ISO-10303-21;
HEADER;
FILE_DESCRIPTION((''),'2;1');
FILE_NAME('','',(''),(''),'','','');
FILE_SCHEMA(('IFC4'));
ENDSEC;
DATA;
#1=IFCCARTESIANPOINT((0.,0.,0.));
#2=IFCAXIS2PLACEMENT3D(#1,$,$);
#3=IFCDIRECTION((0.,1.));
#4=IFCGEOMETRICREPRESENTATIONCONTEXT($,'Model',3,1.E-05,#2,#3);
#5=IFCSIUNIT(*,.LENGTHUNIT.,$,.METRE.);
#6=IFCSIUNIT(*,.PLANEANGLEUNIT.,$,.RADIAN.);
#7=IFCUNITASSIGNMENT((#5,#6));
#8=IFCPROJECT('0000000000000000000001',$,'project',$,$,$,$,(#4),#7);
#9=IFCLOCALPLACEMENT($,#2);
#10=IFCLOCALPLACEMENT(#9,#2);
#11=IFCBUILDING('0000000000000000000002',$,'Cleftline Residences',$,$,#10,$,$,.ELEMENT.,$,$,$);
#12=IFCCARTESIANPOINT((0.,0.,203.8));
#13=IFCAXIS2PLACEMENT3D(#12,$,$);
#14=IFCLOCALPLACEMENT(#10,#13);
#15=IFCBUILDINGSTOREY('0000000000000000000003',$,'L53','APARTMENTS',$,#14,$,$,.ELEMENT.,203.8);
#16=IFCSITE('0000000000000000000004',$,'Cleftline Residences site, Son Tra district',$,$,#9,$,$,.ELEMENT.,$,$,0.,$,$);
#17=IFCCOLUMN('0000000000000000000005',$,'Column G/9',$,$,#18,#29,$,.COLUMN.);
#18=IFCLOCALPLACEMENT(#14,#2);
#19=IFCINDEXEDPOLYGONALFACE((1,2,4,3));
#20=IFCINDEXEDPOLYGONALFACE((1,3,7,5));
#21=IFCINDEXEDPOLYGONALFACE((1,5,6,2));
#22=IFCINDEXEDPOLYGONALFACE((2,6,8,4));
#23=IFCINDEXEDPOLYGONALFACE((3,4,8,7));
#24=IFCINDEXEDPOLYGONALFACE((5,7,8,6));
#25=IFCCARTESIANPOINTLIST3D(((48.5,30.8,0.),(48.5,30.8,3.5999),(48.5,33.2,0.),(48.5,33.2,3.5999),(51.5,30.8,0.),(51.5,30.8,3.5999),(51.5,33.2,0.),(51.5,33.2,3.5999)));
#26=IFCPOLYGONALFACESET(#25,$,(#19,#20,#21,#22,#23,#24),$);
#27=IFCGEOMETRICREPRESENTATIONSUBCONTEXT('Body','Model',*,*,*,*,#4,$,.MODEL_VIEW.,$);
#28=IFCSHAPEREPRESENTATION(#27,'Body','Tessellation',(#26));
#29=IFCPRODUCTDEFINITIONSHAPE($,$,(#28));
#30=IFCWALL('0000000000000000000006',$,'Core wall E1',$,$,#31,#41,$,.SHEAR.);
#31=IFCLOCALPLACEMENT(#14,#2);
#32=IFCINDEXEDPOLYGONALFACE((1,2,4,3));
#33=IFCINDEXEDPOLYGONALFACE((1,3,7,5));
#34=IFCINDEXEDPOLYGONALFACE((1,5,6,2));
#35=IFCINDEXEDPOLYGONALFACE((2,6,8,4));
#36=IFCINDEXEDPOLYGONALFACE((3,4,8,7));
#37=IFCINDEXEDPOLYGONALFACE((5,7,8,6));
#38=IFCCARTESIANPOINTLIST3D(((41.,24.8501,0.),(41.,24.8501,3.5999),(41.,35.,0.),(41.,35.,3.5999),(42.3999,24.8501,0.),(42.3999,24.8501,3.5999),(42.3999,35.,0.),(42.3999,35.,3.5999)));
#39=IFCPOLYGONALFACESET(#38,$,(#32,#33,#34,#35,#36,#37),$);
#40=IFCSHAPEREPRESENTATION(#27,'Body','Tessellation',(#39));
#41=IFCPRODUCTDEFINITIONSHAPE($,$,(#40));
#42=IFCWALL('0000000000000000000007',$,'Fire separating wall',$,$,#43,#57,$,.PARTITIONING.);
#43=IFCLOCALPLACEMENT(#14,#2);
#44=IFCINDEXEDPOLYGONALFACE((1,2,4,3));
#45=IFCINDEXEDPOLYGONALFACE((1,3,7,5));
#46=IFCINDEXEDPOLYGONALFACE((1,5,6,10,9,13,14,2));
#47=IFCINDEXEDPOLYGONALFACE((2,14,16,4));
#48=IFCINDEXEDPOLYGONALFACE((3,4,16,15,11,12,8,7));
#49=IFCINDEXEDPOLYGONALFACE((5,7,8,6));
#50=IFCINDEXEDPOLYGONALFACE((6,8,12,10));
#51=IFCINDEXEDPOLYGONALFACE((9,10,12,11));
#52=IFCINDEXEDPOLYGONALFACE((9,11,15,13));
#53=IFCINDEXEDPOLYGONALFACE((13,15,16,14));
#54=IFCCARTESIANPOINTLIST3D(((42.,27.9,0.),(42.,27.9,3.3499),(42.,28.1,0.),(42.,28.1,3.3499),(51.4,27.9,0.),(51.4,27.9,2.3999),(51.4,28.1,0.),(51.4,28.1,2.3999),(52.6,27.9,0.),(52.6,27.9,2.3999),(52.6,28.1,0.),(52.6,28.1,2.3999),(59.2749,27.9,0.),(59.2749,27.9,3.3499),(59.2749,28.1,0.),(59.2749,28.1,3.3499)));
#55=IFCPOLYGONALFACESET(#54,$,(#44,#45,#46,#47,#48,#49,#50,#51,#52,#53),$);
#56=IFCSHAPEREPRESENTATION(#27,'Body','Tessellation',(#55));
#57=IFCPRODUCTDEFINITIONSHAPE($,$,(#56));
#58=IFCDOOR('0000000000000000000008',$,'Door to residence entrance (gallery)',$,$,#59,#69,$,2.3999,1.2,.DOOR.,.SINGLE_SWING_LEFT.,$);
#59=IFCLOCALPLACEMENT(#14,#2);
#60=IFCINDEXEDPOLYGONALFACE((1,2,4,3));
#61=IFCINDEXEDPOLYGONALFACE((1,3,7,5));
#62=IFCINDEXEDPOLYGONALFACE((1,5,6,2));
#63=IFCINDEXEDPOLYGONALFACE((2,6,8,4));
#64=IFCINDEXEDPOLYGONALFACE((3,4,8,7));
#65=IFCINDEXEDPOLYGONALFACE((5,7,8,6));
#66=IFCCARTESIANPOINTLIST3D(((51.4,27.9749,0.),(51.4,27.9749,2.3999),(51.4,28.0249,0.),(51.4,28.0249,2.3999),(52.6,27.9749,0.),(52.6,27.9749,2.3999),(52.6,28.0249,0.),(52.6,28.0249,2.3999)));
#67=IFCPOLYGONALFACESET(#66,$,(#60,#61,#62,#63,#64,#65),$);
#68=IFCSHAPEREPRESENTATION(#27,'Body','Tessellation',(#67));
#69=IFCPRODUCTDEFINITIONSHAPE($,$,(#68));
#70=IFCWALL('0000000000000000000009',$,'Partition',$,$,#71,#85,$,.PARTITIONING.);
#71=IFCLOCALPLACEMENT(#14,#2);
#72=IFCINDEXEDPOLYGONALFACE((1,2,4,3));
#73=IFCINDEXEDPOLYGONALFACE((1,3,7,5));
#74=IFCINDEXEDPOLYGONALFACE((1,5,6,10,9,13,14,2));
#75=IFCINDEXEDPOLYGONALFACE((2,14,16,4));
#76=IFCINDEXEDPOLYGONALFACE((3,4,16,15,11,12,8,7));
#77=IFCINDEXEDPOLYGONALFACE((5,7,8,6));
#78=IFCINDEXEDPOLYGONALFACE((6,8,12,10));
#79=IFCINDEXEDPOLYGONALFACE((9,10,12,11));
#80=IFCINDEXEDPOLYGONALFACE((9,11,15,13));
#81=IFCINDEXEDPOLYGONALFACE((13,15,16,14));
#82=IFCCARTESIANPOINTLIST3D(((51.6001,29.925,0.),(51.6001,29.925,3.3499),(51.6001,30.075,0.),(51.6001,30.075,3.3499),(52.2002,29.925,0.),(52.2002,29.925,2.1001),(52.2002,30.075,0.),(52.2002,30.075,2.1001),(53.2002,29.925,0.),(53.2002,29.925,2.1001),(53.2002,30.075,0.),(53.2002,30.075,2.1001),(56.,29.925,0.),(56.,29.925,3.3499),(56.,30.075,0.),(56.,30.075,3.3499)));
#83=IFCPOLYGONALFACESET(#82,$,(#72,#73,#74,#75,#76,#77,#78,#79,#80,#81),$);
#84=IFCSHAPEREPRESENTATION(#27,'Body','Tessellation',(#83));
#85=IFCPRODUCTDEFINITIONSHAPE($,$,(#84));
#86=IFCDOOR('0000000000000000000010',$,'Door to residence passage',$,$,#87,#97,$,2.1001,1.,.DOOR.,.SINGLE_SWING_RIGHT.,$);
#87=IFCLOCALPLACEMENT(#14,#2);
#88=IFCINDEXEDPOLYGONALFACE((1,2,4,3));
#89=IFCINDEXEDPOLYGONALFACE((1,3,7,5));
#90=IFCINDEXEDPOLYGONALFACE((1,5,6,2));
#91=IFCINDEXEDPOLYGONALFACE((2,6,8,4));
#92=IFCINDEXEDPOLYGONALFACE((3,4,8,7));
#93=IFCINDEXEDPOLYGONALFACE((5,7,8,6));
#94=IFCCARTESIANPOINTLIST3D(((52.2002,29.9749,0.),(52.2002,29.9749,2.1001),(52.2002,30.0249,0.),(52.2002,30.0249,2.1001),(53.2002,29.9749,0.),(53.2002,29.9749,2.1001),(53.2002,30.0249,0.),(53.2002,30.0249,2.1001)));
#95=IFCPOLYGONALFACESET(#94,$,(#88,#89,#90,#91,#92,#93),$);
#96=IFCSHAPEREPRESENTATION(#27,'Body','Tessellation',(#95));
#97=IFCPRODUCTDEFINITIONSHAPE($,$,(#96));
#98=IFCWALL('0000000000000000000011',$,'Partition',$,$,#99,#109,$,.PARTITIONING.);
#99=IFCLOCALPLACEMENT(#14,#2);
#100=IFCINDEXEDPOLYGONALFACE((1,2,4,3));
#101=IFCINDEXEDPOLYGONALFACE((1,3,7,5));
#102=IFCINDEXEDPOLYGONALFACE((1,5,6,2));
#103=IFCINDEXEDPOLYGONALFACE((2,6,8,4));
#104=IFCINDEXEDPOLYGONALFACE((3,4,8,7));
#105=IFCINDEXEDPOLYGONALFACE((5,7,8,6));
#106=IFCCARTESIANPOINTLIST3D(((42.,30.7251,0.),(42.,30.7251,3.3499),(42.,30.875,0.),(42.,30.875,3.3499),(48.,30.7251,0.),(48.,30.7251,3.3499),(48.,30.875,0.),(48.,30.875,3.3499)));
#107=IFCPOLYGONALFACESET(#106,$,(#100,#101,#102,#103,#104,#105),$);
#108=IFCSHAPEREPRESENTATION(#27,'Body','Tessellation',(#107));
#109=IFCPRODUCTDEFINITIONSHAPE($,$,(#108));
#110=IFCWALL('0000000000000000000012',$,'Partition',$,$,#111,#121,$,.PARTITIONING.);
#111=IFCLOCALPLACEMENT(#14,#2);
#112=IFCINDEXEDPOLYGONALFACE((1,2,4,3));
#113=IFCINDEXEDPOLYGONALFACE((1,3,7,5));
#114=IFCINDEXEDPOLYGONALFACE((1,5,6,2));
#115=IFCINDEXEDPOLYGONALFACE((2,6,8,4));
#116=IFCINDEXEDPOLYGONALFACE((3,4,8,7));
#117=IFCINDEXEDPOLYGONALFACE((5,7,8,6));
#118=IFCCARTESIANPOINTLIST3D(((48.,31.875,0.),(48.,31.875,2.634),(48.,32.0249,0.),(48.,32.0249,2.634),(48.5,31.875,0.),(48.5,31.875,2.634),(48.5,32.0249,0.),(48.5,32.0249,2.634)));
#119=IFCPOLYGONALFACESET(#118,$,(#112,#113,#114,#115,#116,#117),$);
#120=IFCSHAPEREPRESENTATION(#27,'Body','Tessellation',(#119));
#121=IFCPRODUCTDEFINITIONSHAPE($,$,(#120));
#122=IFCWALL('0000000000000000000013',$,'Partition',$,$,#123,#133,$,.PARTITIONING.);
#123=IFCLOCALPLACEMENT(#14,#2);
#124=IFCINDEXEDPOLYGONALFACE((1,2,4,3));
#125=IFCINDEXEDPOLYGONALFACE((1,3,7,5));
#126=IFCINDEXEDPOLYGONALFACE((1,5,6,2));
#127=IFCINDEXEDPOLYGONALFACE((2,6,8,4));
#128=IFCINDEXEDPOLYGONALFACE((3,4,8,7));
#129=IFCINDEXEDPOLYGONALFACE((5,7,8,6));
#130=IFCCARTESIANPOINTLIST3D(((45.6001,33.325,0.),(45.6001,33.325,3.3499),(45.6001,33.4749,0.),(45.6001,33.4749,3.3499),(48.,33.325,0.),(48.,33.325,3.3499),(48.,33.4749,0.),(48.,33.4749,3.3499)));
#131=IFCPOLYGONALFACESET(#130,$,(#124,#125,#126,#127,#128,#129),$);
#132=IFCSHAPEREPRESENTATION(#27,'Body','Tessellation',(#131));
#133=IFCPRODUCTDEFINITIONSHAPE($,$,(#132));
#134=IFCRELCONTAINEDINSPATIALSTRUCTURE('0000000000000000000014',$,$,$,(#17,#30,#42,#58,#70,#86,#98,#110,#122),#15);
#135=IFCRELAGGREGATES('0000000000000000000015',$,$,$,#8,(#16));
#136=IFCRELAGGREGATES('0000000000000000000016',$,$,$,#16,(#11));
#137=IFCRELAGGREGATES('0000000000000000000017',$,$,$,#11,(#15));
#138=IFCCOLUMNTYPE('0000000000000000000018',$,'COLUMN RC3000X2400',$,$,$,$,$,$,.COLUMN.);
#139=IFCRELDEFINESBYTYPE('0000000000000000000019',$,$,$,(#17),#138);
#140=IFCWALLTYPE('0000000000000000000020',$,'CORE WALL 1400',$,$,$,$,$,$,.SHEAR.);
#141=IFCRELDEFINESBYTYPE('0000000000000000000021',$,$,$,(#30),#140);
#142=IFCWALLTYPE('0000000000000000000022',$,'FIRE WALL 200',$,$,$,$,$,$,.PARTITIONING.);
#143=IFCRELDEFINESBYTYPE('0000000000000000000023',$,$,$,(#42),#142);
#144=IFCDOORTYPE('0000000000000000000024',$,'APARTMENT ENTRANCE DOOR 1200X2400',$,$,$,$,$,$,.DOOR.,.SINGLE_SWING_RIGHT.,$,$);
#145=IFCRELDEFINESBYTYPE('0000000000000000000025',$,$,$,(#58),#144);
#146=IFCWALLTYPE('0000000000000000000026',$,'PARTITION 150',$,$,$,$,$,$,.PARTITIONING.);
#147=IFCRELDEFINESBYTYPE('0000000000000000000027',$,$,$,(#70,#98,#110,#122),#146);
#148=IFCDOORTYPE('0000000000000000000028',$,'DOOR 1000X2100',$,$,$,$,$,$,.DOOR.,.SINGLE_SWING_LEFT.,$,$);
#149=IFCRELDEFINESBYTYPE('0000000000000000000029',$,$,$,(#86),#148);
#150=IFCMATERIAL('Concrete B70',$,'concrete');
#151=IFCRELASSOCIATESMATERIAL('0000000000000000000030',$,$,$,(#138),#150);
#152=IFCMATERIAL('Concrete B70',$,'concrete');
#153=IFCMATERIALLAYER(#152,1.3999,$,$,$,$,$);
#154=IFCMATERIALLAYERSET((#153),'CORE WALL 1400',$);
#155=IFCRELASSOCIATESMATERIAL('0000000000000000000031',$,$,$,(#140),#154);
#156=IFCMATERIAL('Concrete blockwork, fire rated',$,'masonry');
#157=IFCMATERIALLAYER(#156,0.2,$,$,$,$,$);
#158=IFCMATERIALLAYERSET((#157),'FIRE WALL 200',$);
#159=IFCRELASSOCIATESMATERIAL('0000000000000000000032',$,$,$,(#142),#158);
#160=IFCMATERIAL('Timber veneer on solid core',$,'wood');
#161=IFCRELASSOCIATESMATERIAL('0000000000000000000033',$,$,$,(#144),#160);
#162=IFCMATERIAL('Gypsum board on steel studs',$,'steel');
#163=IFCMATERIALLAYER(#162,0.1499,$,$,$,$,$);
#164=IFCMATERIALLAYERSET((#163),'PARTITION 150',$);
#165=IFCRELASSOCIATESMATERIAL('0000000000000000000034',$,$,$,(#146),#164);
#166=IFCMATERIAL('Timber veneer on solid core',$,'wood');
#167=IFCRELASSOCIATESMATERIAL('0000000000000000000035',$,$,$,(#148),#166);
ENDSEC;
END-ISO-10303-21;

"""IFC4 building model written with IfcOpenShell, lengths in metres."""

from ifc_helpers import new_model, si_unit, direction, frame, frame_2d, origin, origin_2d, place, context, subcontext, project, spatial, rectangle, extrude, material, layer, layer_set, material_profile, profile_set, type_object, element, fill, save


model = new_model("IFC4")

# Units and contexts
model_context = context("Model", 3, precision=1e-05, world=origin(), true_north=direction((0.0, 1.0)))
body_context = subcontext(model_context, "Body", "Model", "MODEL_VIEW")
ifc_project = project(units=[si_unit("LENGTHUNIT", "METRE"), si_unit("PLANEANGLEUNIT", "RADIAN")], contexts=[model_context])

# Site, building, storey
site_placement = place(None, origin())
site = spatial("IfcSite", under=ifc_project, at=site_placement, Name="Cleftline Residences site, Son Tra district", CompositionType="ELEMENT", RefElevation=0.0)
building_placement = place(site_placement, origin())
building = spatial("IfcBuilding", under=site, at=building_placement, Name="Cleftline Residences", CompositionType="ELEMENT")
storey_placement = place(building_placement, frame((0.0, 0.0, 203.8)))
storey = spatial("IfcBuildingStorey", under=building, at=storey_placement, Name="L53", Description="APARTMENTS", CompositionType="ELEMENT", Elevation=203.8)

# Column
ifc_material_1 = material(Name="Concrete B70", Category="concrete")
ifc_material_profile = material_profile(ifc_material_1, rectangle(XDim=3.0, YDim=2.3999, at=origin_2d()))
ifc_profile_set = profile_set([ifc_material_profile], Name="Concrete B70")
column_type = type_object("IfcColumnType", Name="COLUMN RC3000X2400", PredefinedType="COLUMN", material=ifc_profile_set)
column_placement = place(storey_placement, frame((50.0, 32.0, 0.0), z_axis=(0.0, 0.0, 1.0), x_axis=(1.0, 0.0, 0.0)))
element("IfcColumn", 1, at=column_placement, inside=storey, type_object=column_type, Name="Column G/9", PredefinedType="COLUMN", context=body_context, shape_type="SweptSolid", body=[
    extrude(rectangle(XDim=3.0, YDim=2.3999, at=origin_2d()), origin(), (0.0, 0.0, 1.0), 3.5999),
])

# Wall
ifc_material_2 = material(Name="Concrete B70", Category="concrete")
ifc_layer_1 = layer(ifc_material_2, 1.3999)
ifc_layer_set_1 = layer_set([ifc_layer_1], Name="CORE WALL 1400")
wall_type_1 = type_object("IfcWallType", Name="CORE WALL 1400", PredefinedType="SHEAR", material=ifc_layer_set_1)
wall_1_placement = place(storey_placement, frame((41.7, 24.8501, 0.0), z_axis=(0.0, 0.0, 1.0), x_axis=(0.0, 1.0, 0.0)))
element("IfcWall", 2, at=wall_1_placement, inside=storey, type_object=wall_type_1, Name="Core wall E1", PredefinedType="SHEAR", context=body_context, shape_type="SweptSolid", body=[
    extrude(rectangle(XDim=10.1499, YDim=1.3999, at=frame_2d((5.075, 0.0))), origin(), (0.0, 0.0, 1.0), 3.5999),
])

# Walls, openings, doors
ifc_material_3 = material(Name="Concrete blockwork, fire rated", Category="masonry")
ifc_layer_2 = layer(ifc_material_3, 0.2)
ifc_layer_set_2 = layer_set([ifc_layer_2], Name="FIRE WALL 200")
wall_type_2 = type_object("IfcWallType", Name="FIRE WALL 200", PredefinedType="PARTITIONING", material=ifc_layer_set_2)
wall_2_placement = place(storey_placement, frame((42.0, 28.0, 0.0), z_axis=(0.0, 0.0, 1.0), x_axis=(1.0, 0.0, 0.0)))
wall_2 = element("IfcWall", 3, at=wall_2_placement, inside=storey, type_object=wall_type_2, Name="Fire separating wall", PredefinedType="PARTITIONING", context=body_context, shape_type="SweptSolid", body=[
    extrude(rectangle(XDim=17.2749, YDim=0.2, at=frame_2d((8.6375, 0.0))), origin(), (0.0, 0.0, 1.0), 3.3499),
])
opening_1_placement = place(wall_2_placement, frame((9.3999, 0.0, 0.0)))
opening_1 = element("IfcOpeningElement", 4, at=opening_1_placement, cuts=wall_2, PredefinedType="OPENING", context=body_context, shape_type="SweptSolid", body=[
    extrude(rectangle(XDim=1.2, YDim=2.3999, at=frame_2d((0.6001, 1.2))), frame((0.0, 0.1099, 0.0), z_axis=(0.0, -1.0, 0.0), x_axis=(1.0, 0.0, 0.0)), (0.0, 0.0, 1.0), 0.22),
])
ifc_material_4 = material(Name="Timber veneer on solid core", Category="wood")
door_type_1 = type_object("IfcDoorType", Name="APARTMENT ENTRANCE DOOR 1200X2400", OperationType="SINGLE_SWING_RIGHT", PredefinedType="DOOR", material=ifc_material_4)
door_1_placement = place(opening_1_placement, origin())
door_1 = element("IfcDoor", 5, at=door_1_placement, inside=storey, type_object=door_type_1, Name="Door to residence entrance (gallery)", OperationType="SINGLE_SWING_LEFT", OverallHeight=2.3999, OverallWidth=1.2, PredefinedType="DOOR", context=body_context, shape_type="SweptSolid", body=[
    extrude(rectangle(XDim=1.2, YDim=2.3999, at=frame_2d((0.6001, 1.2))), frame((0.0, 0.0249, 0.0), z_axis=(0.0, -1.0, 0.0), x_axis=(1.0, 0.0, 0.0)), (0.0, 0.0, 1.0), 0.05),
])
fill(opening_1, door_1)
ifc_material_5 = material(Name="Gypsum board on steel studs", Category="steel")
ifc_layer_3 = layer(ifc_material_5, 0.1499)
ifc_layer_set_3 = layer_set([ifc_layer_3], Name="PARTITION 150")
wall_type_3 = type_object("IfcWallType", Name="PARTITION 150", PredefinedType="PARTITIONING", material=ifc_layer_set_3)
wall_3_placement = place(storey_placement, frame((51.6001, 30.0, 0.0), z_axis=(0.0, 0.0, 1.0), x_axis=(1.0, 0.0, 0.0)))
wall_3 = element("IfcWall", 6, at=wall_3_placement, inside=storey, type_object=wall_type_3, Name="Partition", PredefinedType="PARTITIONING", context=body_context, shape_type="SweptSolid", body=[
    extrude(rectangle(XDim=4.3999, YDim=0.1499, at=frame_2d((2.2, 0.0))), origin(), (0.0, 0.0, 1.0), 3.3499),
])
opening_2_placement = place(wall_3_placement, frame((0.6001, 0.0, 0.0)))
opening_2 = element("IfcOpeningElement", 7, at=opening_2_placement, cuts=wall_3, PredefinedType="OPENING", context=body_context, shape_type="SweptSolid", body=[
    extrude(rectangle(XDim=1.0, YDim=2.1001, at=frame_2d((0.5, 1.05))), frame((0.0, 0.085, 0.0), z_axis=(0.0, -1.0, 0.0), x_axis=(1.0, 0.0, 0.0)), (0.0, 0.0, 1.0), 0.1699),
])
ifc_material_6 = material(Name="Timber veneer on solid core", Category="wood")
door_type_2 = type_object("IfcDoorType", Name="DOOR 1000X2100", OperationType="SINGLE_SWING_LEFT", PredefinedType="DOOR", material=ifc_material_6)
door_2_placement = place(opening_2_placement, origin())
door_2 = element("IfcDoor", 8, at=door_2_placement, inside=storey, type_object=door_type_2, Name="Door to residence passage", OperationType="SINGLE_SWING_RIGHT", OverallHeight=2.1001, OverallWidth=1.0, PredefinedType="DOOR", context=body_context, shape_type="SweptSolid", body=[
    extrude(rectangle(XDim=1.0, YDim=2.1001, at=frame_2d((0.5, 1.05))), frame((0.0, 0.0249, 0.0), z_axis=(0.0, -1.0, 0.0), x_axis=(1.0, 0.0, 0.0)), (0.0, 0.0, 1.0), 0.05),
])
fill(opening_2, door_2)

# Walls
wall_4_placement = place(storey_placement, frame((42.0, 30.8, 0.0), z_axis=(0.0, 0.0, 1.0), x_axis=(1.0, 0.0, 0.0)))
element("IfcWall", 9, at=wall_4_placement, inside=storey, type_object=wall_type_3, Name="Partition", PredefinedType="PARTITIONING", context=body_context, shape_type="SweptSolid", body=[
    extrude(rectangle(XDim=6.0, YDim=0.1499, at=frame_2d((3.0, 0.0))), origin(), (0.0, 0.0, 1.0), 3.3499),
])
wall_5_placement = place(storey_placement, frame((48.0, 31.95, 0.0), z_axis=(0.0, 0.0, 1.0), x_axis=(1.0, 0.0, 0.0)))
element("IfcWall", 10, at=wall_5_placement, inside=storey, type_object=wall_type_3, Name="Partition", PredefinedType="PARTITIONING", context=body_context, shape_type="SweptSolid", body=[
    extrude(rectangle(XDim=0.5, YDim=0.1499, at=frame_2d((0.25, 0.0))), origin(), (0.0, 0.0, 1.0), 2.634),
])
wall_6_placement = place(storey_placement, frame((45.6001, 33.3999, 0.0), z_axis=(0.0, 0.0, 1.0), x_axis=(1.0, 0.0, 0.0)))
element("IfcWall", 11, at=wall_6_placement, inside=storey, type_object=wall_type_3, Name="Partition", PredefinedType="PARTITIONING", context=body_context, shape_type="SweptSolid", body=[
    extrude(rectangle(XDim=2.3999, YDim=0.1499, at=frame_2d((1.2, 0.0))), origin(), (0.0, 0.0, 1.0), 3.3499),
])

save(model, "model.ifc")
